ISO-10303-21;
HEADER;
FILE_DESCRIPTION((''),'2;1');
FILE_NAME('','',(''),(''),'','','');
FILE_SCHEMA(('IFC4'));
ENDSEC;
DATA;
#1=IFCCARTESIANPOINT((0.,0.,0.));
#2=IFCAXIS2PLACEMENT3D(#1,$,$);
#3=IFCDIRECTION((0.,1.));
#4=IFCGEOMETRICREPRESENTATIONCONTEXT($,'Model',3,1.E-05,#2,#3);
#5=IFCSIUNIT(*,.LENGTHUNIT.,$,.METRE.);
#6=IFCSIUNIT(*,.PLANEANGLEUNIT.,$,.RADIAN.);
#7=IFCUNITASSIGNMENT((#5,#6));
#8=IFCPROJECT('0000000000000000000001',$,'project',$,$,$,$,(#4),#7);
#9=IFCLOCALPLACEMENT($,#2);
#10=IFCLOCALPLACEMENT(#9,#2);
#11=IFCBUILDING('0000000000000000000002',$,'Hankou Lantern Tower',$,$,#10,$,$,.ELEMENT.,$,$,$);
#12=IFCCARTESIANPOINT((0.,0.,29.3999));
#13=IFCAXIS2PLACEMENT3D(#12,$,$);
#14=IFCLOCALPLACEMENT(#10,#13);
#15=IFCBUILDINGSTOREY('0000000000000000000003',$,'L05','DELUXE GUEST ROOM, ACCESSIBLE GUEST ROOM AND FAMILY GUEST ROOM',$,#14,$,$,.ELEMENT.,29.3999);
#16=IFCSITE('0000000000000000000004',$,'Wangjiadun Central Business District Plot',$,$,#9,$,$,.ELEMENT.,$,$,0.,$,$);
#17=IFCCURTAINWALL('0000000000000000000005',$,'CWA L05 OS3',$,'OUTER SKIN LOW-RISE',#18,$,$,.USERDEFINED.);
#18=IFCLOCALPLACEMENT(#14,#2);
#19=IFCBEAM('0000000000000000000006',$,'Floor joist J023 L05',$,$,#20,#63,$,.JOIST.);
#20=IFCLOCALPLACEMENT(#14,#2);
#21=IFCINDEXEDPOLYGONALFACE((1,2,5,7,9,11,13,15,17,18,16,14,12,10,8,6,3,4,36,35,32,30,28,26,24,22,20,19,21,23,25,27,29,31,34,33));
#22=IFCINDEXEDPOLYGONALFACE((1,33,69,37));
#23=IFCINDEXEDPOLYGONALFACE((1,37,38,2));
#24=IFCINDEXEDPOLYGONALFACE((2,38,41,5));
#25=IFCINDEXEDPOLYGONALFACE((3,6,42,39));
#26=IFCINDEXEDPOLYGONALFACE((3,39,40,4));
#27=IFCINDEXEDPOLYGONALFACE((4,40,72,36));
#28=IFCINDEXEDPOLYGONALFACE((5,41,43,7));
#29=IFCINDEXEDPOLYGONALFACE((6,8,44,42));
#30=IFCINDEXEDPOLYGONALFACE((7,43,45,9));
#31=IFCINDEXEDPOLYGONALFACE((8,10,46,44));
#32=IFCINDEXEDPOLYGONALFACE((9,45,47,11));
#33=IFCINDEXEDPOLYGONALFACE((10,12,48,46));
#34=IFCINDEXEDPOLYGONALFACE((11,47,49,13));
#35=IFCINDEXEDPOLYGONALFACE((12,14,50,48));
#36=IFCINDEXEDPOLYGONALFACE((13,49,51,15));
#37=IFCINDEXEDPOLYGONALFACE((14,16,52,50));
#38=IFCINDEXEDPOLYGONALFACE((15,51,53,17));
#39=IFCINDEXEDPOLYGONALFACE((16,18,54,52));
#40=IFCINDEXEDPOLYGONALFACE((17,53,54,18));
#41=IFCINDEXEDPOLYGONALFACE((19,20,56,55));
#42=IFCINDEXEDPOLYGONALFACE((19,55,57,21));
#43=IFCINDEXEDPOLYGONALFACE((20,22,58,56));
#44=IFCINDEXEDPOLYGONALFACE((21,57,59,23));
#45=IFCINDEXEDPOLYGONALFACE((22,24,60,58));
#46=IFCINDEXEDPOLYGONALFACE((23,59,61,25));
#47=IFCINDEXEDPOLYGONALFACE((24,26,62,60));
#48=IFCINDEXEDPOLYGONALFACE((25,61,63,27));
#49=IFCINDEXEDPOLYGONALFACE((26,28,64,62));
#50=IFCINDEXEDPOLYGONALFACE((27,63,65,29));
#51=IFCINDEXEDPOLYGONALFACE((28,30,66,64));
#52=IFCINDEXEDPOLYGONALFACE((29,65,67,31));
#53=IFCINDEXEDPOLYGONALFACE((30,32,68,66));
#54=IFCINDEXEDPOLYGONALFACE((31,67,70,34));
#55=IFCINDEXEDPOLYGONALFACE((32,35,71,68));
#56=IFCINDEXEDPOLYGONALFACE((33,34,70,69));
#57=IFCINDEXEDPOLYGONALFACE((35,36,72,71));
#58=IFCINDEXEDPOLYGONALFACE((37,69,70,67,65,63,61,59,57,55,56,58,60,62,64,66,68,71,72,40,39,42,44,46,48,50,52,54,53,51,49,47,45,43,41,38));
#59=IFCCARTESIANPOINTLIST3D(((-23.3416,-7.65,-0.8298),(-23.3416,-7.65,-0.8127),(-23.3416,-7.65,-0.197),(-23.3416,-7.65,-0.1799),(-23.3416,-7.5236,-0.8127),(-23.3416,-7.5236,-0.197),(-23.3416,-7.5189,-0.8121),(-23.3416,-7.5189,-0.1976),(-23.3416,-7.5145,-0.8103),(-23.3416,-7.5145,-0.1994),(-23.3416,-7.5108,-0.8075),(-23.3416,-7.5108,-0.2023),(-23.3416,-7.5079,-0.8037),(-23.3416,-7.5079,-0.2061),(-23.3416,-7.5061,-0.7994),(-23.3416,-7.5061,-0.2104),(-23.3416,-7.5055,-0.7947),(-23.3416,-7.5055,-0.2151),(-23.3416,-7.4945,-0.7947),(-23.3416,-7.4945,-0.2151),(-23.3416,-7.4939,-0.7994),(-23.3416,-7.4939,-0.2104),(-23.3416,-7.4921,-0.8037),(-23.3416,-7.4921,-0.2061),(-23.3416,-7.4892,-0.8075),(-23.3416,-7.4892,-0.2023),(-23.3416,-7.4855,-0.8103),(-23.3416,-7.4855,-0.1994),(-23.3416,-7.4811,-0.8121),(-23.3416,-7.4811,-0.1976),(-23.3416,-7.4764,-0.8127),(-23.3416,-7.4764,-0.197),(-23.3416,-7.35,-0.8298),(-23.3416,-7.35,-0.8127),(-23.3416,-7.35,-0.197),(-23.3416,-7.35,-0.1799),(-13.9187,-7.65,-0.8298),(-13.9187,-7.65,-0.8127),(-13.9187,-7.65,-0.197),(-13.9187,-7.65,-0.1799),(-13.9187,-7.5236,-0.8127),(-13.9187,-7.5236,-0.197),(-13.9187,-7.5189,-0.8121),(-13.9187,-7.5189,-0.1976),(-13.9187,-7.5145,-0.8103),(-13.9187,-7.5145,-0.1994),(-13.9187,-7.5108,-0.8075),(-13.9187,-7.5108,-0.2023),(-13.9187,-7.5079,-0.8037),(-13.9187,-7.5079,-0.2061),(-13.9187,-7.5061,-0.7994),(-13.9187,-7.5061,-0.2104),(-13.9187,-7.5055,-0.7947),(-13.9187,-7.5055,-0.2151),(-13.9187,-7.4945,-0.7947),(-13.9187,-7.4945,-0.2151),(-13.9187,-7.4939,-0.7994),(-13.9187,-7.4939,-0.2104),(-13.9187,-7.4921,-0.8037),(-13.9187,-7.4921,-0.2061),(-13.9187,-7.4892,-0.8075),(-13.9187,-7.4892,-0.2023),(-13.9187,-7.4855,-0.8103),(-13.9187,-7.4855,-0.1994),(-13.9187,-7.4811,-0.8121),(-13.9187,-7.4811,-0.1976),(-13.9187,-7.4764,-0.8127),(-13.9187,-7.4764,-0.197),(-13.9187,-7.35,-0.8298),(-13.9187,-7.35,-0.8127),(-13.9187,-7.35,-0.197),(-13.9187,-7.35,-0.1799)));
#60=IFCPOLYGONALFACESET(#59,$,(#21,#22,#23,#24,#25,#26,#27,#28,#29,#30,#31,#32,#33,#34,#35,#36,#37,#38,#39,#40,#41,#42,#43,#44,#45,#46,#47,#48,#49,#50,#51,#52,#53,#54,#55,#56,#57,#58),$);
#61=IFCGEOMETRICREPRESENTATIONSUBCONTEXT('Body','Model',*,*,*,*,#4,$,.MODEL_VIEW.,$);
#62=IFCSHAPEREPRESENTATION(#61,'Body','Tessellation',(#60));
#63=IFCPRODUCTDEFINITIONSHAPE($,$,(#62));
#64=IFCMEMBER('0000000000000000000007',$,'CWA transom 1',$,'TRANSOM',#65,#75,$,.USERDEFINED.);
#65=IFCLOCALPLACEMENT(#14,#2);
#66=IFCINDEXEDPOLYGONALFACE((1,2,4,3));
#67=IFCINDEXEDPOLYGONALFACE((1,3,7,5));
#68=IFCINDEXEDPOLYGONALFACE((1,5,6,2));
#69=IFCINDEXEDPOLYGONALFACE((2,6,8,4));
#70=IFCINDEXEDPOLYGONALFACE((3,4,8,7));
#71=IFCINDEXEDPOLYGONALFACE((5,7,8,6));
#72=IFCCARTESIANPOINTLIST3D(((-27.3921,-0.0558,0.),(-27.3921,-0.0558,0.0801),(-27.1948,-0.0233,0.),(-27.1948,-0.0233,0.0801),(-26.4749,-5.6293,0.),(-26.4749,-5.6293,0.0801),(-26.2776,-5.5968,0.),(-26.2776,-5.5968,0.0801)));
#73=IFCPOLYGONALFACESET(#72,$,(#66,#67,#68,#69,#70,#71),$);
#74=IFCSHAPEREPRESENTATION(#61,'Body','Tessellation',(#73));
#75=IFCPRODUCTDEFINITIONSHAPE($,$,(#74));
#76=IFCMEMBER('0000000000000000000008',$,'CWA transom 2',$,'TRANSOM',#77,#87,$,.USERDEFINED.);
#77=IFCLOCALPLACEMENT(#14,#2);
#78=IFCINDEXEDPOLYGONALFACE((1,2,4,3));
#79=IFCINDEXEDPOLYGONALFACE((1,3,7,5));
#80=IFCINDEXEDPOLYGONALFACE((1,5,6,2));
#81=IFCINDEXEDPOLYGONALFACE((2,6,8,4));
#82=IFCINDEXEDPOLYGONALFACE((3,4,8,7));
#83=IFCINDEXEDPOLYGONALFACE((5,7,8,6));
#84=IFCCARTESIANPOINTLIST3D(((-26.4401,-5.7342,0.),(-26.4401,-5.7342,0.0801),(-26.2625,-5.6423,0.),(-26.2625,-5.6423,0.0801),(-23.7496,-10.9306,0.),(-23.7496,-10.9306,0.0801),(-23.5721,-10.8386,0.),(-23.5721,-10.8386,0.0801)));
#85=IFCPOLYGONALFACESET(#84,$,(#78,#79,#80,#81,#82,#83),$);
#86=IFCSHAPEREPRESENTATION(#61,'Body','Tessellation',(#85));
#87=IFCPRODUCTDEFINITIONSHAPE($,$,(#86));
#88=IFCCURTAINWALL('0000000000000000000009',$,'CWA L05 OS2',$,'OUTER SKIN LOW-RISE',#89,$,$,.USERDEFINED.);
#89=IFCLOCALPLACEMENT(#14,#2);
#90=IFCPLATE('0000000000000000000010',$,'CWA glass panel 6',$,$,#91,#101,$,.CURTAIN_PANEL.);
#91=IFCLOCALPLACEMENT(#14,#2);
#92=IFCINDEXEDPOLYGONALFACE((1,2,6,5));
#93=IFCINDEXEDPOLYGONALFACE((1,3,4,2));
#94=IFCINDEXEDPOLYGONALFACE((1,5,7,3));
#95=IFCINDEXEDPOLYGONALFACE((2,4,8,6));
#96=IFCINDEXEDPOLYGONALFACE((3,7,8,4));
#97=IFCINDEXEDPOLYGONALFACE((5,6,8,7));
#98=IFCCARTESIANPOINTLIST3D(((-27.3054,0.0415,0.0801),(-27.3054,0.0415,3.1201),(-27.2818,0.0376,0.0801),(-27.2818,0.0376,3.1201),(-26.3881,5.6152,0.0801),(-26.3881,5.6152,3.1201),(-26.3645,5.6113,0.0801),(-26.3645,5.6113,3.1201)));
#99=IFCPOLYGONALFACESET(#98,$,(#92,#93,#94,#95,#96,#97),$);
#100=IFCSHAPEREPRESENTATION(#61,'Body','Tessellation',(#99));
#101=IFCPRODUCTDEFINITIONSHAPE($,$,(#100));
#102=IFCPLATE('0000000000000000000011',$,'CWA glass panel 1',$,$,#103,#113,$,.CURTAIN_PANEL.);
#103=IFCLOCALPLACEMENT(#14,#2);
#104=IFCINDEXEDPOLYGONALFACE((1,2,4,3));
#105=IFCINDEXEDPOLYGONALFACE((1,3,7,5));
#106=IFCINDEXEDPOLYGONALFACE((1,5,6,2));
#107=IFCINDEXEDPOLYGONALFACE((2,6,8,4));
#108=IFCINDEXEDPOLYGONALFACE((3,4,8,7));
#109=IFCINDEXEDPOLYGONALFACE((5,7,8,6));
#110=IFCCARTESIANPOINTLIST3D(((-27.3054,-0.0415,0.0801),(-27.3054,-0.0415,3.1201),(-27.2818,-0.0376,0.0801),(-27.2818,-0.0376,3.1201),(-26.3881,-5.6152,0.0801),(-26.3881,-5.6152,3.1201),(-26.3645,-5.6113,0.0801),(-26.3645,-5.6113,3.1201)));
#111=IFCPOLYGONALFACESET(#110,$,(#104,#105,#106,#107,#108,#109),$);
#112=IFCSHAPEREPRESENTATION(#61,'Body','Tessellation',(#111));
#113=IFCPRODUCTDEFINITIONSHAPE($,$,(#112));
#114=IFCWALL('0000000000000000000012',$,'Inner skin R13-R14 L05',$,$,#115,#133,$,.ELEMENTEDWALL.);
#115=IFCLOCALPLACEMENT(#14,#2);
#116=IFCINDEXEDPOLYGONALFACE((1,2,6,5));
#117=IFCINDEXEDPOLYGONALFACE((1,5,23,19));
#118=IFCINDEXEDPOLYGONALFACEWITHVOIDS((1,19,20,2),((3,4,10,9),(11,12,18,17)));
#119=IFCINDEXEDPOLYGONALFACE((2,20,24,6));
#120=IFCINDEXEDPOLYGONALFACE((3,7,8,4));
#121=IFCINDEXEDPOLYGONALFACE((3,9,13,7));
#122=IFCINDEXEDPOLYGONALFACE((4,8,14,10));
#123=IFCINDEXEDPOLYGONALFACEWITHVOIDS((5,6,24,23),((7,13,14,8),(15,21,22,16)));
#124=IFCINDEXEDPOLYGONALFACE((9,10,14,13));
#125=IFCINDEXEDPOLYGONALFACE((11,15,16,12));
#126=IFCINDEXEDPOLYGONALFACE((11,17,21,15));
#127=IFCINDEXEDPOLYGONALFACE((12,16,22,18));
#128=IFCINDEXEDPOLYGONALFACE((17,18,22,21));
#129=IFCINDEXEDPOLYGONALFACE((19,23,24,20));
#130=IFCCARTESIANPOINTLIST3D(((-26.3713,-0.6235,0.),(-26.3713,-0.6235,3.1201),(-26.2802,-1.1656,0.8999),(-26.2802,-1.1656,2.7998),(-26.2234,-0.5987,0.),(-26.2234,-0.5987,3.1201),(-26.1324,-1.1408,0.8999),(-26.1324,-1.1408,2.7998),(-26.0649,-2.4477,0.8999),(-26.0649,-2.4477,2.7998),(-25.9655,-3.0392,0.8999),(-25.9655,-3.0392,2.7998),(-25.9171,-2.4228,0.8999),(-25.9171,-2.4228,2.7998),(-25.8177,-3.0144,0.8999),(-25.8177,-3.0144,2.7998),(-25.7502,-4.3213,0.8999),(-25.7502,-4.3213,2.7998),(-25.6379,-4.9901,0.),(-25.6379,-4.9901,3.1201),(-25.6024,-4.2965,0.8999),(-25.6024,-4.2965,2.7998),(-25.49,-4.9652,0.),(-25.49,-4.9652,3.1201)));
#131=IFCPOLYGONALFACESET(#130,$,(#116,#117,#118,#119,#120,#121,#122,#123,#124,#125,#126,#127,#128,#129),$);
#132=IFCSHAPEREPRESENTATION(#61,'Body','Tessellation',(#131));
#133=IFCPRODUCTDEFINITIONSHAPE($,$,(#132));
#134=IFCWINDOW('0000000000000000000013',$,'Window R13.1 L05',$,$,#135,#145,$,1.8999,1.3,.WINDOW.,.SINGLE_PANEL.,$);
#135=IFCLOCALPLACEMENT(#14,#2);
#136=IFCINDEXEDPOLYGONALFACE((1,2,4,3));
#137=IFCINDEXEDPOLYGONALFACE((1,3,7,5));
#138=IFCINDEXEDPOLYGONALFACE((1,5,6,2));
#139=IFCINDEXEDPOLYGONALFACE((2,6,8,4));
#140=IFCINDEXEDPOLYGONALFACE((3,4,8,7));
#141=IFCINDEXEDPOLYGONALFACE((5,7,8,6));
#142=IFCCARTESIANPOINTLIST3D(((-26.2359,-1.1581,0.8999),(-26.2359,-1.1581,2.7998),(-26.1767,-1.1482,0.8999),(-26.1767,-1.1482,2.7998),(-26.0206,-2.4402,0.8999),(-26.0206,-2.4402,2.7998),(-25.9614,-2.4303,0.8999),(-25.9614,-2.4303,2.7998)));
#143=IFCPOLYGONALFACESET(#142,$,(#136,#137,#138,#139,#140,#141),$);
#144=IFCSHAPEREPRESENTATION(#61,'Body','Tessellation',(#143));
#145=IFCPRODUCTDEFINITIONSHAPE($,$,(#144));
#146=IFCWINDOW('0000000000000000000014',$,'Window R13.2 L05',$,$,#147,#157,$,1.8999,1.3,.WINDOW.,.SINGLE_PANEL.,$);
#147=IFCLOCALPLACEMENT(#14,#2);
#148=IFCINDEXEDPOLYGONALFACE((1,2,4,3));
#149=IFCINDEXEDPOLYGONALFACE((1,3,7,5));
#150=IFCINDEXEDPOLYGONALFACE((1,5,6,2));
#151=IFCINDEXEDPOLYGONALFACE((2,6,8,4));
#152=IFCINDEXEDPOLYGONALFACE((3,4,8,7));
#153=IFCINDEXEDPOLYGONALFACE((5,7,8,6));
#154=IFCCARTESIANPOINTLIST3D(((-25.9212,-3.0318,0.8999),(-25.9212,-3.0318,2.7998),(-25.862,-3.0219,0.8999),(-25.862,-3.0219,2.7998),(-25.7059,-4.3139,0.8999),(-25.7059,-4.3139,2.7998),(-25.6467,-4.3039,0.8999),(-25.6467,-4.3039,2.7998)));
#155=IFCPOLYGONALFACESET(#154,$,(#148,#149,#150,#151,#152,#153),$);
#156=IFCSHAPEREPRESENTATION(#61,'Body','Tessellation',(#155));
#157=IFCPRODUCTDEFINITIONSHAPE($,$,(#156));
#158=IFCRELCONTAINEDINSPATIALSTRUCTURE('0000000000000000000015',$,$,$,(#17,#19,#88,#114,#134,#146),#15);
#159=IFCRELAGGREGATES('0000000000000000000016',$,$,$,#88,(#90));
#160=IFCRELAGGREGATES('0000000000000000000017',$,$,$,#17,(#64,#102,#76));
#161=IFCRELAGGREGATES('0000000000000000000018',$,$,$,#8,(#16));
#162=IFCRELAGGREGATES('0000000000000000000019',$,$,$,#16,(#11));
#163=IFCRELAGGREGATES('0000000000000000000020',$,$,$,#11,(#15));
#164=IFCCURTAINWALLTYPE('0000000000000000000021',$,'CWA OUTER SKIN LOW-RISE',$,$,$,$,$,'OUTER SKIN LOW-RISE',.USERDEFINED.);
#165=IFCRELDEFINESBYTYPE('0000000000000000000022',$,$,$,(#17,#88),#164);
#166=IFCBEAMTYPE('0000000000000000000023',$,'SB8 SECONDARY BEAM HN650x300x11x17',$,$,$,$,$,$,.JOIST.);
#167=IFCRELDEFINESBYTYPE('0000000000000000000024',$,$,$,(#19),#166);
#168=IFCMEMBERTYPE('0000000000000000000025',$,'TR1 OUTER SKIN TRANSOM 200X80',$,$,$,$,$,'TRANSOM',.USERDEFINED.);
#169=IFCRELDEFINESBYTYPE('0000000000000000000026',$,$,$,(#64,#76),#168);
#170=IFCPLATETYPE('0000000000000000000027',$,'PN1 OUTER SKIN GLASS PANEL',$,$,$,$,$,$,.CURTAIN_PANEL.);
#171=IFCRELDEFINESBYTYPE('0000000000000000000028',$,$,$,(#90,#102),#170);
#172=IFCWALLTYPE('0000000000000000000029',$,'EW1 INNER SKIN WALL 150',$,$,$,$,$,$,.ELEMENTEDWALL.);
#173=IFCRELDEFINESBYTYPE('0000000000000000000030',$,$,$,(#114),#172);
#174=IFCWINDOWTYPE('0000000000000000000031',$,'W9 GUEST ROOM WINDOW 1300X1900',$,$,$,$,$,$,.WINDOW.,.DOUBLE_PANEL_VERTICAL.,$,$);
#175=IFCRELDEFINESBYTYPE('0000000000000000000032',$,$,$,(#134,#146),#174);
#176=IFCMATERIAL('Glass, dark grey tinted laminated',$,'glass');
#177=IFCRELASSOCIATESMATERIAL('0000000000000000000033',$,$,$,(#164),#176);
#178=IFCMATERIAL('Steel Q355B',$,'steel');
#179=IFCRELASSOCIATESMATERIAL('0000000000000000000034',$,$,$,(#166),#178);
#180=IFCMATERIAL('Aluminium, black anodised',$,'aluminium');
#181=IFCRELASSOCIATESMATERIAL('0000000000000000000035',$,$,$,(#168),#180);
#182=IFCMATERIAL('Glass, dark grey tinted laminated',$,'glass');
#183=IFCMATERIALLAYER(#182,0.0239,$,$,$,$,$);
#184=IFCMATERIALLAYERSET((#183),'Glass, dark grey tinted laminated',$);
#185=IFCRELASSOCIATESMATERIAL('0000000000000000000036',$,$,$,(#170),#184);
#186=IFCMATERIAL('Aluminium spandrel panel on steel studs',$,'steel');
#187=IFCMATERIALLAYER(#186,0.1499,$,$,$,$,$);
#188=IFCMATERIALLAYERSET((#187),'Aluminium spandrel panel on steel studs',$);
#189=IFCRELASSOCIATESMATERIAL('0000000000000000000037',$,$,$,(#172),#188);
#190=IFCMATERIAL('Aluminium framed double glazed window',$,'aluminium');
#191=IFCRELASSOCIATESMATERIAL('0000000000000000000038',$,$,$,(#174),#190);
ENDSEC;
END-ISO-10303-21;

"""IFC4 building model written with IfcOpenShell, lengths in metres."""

from ifc_helpers import new_model, si_unit, direction, frame, frame_2d, origin, origin_2d, place, context, subcontext, project, spatial, rectangle, i_section, extrude, material, layer, layer_set, material_profile, profile_set, type_object, element, fill, aggregate, save


model = new_model("IFC4")

# Units and contexts
model_context = context("Model", 3, precision=1e-05, world=origin(), true_north=direction((0.0, 1.0)))
body_context = subcontext(model_context, "Body", "Model", "MODEL_VIEW")
ifc_project = project(units=[si_unit("LENGTHUNIT", "METRE"), si_unit("PLANEANGLEUNIT", "RADIAN")], contexts=[model_context])

# Site, building, storey
site_placement = place(None, origin())
site = spatial("IfcSite", under=ifc_project, at=site_placement, Name="Wangjiadun Central Business District Plot", CompositionType="ELEMENT", RefElevation=0.0)
building_placement = place(site_placement, origin())
building = spatial("IfcBuilding", under=site, at=building_placement, Name="Hankou Lantern Tower", CompositionType="ELEMENT")
storey_placement = place(building_placement, frame((0.0, 0.0, 29.3999)))
storey = spatial("IfcBuildingStorey", under=building, at=storey_placement, Name="L05", Description="DELUXE GUEST ROOM, ACCESSIBLE GUEST ROOM AND FAMILY GUEST ROOM", CompositionType="ELEMENT", Elevation=29.3999)

# Curtain wall
ifc_material_1 = material(Name="Glass, dark grey tinted laminated", Category="glass")
curtain_wall_type = type_object("IfcCurtainWallType", Name="CWA OUTER SKIN LOW-RISE", ElementType="OUTER SKIN LOW-RISE", PredefinedType="USERDEFINED", material=ifc_material_1)
curtain_wall_1_placement = place(storey_placement, origin())
curtain_wall_1 = element("IfcCurtainWall", 1, at=curtain_wall_1_placement, inside=storey, type_object=curtain_wall_type, Name="CWA L05 OS3", ObjectType="OUTER SKIN LOW-RISE", PredefinedType="USERDEFINED")

# Beam
ifc_material_2 = material(Name="Steel Q355B", Category="steel")
ifc_material_profile_1 = material_profile(ifc_material_2, i_section(OverallWidth=0.3, OverallDepth=0.6499, WebThickness=0.011, FlangeThickness=0.0171, FilletRadius=0.0181, at=origin_2d()), Name="HN650x300x11x17")
ifc_profile_set_1 = profile_set([ifc_material_profile_1], Name="Steel Q355B")
beam_type_1 = type_object("IfcBeamType", Name="SB8 SECONDARY BEAM HN650x300x11x17", PredefinedType="JOIST", material=ifc_profile_set_1)
beam_1_placement = place(storey_placement, frame((-23.3416, -7.5, -0.5049), z_axis=(1.0, 0.0, 0.0), x_axis=(0.0, 1.0, 0.0)))
element("IfcBeam", 2, at=beam_1_placement, inside=storey, type_object=beam_type_1, Name="Floor joist J023 L05", PredefinedType="JOIST", context=body_context, shape_type="SweptSolid", body=[
    extrude(i_section(OverallWidth=0.3, OverallDepth=0.6499, WebThickness=0.011, FlangeThickness=0.0171, FilletRadius=0.0181, at=origin_2d()), origin(), (0.0, 0.0, 1.0), 9.4229),
])

# Members
ifc_material_3 = material(Name="Aluminium, black anodised", Category="aluminium")
ifc_material_profile_2 = material_profile(ifc_material_3, rectangle(XDim=0.2, YDim=0.0801, at=origin_2d()), Name="TR1 200X80")
ifc_profile_set_2 = profile_set([ifc_material_profile_2], Name="Aluminium, black anodised")
member_type_1 = type_object("IfcMemberType", Name="TR1 OUTER SKIN TRANSOM 200X80", ElementType="TRANSOM", PredefinedType="USERDEFINED", material=ifc_profile_set_2)
member_1_placement = place(storey_placement, frame((-27.2935, -0.0396, 0.04), z_axis=(0.162387, -0.986727, 0.0), x_axis=(0.986727, 0.162387, 0.0)))
member_1 = element("IfcMember", 3, at=member_1_placement, type_object=member_type_1, Name="CWA transom 1", ObjectType="TRANSOM", PredefinedType="USERDEFINED", context=body_context, shape_type="SweptSolid", body=[
    extrude(rectangle(XDim=0.2, YDim=0.0801, at=origin_2d()), origin(), (0.0, 0.0, 1.0), 5.6484),
])
member_2_placement = place(storey_placement, frame((-26.3513, -5.6882, 0.04), z_axis=(0.459786, -0.88803, 0.0), x_axis=(0.88803, 0.459786, 0.0)))
member_2 = element("IfcMember", 4, at=member_2_placement, type_object=member_type_1, Name="CWA transom 2", ObjectType="TRANSOM", PredefinedType="USERDEFINED", context=body_context, shape_type="SweptSolid", body=[
    extrude(rectangle(XDim=0.2, YDim=0.0801, at=origin_2d()), origin(), (0.0, 0.0, 1.0), 5.8516),
])

# Curtain wall, plate
curtain_wall_2_placement = place(storey_placement, origin())
curtain_wall_2 = element("IfcCurtainWall", 5, at=curtain_wall_2_placement, inside=storey, type_object=curtain_wall_type, Name="CWA L05 OS2", ObjectType="OUTER SKIN LOW-RISE", PredefinedType="USERDEFINED")
ifc_material_4 = material(Name="Glass, dark grey tinted laminated", Category="glass")
ifc_layer_1 = layer(ifc_material_4, 0.0239)
ifc_layer_set_1 = layer_set([ifc_layer_1], Name="Glass, dark grey tinted laminated")
plate_type = type_object("IfcPlateType", Name="PN1 OUTER SKIN GLASS PANEL", PredefinedType="CURTAIN_PANEL", material=ifc_layer_set_1)
plate_1_placement = place(storey_placement, frame((-26.835, 2.8264, 0.0801), z_axis=(0.0, 0.0, 1.0), x_axis=(-0.162382, -0.986728, 0.0)))
plate_1 = element("IfcPlate", 6, at=plate_1_placement, type_object=plate_type, Name="CWA glass panel 6", PredefinedType="CURTAIN_PANEL", context=body_context, shape_type="SweptSolid", body=[
    extrude(rectangle(XDim=5.6487, YDim=0.0239, at=origin_2d()), origin(), (0.0, 0.0, 1.0), 3.04),
])
aggregate(curtain_wall_2, [plate_1])

# Plate
plate_2_placement = place(storey_placement, frame((-26.835, -2.8264, 0.0801), z_axis=(0.0, 0.0, 1.0), x_axis=(0.162382, -0.986728, 0.0)))
plate_2 = element("IfcPlate", 7, at=plate_2_placement, type_object=plate_type, Name="CWA glass panel 1", PredefinedType="CURTAIN_PANEL", context=body_context, shape_type="SweptSolid", body=[
    extrude(rectangle(XDim=5.6487, YDim=0.0239, at=origin_2d()), origin(), (0.0, 0.0, 1.0), 3.04),
])
aggregate(curtain_wall_1, [member_1, plate_2, member_2])

# Wall, openings, windows
ifc_material_5 = material(Name="Aluminium spandrel panel on steel studs", Category="steel")
ifc_layer_2 = layer(ifc_material_5, 0.1499)
ifc_layer_set_2 = layer_set([ifc_layer_2], Name="Aluminium spandrel panel on steel studs")
wall_type_1 = type_object("IfcWallType", Name="EW1 INNER SKIN WALL 150", PredefinedType="ELEMENTEDWALL", material=ifc_layer_set_2)
wall_1_placement = place(storey_placement, frame((-26.2974, -0.6111, 0.0), z_axis=(0.0, 0.0, 1.0), x_axis=(0.165642, -0.986186, 0.0)))
wall_1 = element("IfcWall", 8, at=wall_1_placement, inside=storey, type_object=wall_type_1, Name="Inner skin R13-R14 L05", PredefinedType="ELEMENTEDWALL", context=body_context, shape_type="SweptSolid", body=[
    extrude(rectangle(XDim=4.4277, YDim=0.1499, at=frame_2d((2.2139, 0.0))), origin(), (0.0, 0.0, 1.0), 3.1201),
])
opening_1_placement = place(wall_1_placement, frame((0.5498, 0.0, 0.8999)))
opening_1 = element("IfcOpeningElement", 9, at=opening_1_placement, cuts=wall_1, PredefinedType="OPENING", context=body_context, shape_type="SweptSolid", body=[
    extrude(rectangle(XDim=1.3, YDim=1.8999, at=frame_2d((0.6499, 0.95))), frame((0.0, 0.085, 0.0), z_axis=(0.0, -1.0, 0.0), x_axis=(1.0, 0.0, 0.0)), (0.0, 0.0, 1.0), 0.1699),
])
opening_2_placement = place(wall_1_placement, frame((2.4497, 0.0, 0.8999)))
opening_2 = element("IfcOpeningElement", 10, at=opening_2_placement, cuts=wall_1, PredefinedType="OPENING", context=body_context, shape_type="SweptSolid", body=[
    extrude(rectangle(XDim=1.3, YDim=1.8999, at=frame_2d((0.6499, 0.95))), frame((0.0, 0.085, 0.0), z_axis=(0.0, -1.0, 0.0), x_axis=(1.0, 0.0, 0.0)), (0.0, 0.0, 1.0), 0.1699),
])
ifc_material_6 = material(Name="Aluminium framed double glazed window", Category="aluminium")
window_type = type_object("IfcWindowType", Name="W9 GUEST ROOM WINDOW 1300X1900", PartitioningType="DOUBLE_PANEL_VERTICAL", PredefinedType="WINDOW", material=ifc_material_6)
window_1_placement = place(opening_1_placement, origin())
window_1 = element("IfcWindow", 11, at=window_1_placement, inside=storey, type_object=window_type, Name="Window R13.1 L05", OverallHeight=1.8999, OverallWidth=1.3, PartitioningType="SINGLE_PANEL", PredefinedType="WINDOW", context=body_context, shape_type="SweptSolid", body=[
    extrude(rectangle(XDim=1.3, YDim=1.8999, at=frame_2d((0.6499, 0.95))), frame((0.0, 0.03, 0.0), z_axis=(0.0, -1.0, 0.0), x_axis=(1.0, 0.0, 0.0)), (0.0, 0.0, 1.0), 0.0601),
])
fill(opening_1, window_1)
window_2_placement = place(opening_2_placement, origin())
window_2 = element("IfcWindow", 12, at=window_2_placement, inside=storey, type_object=window_type, Name="Window R13.2 L05", OverallHeight=1.8999, OverallWidth=1.3, PartitioningType="SINGLE_PANEL", PredefinedType="WINDOW", context=body_context, shape_type="SweptSolid", body=[
    extrude(rectangle(XDim=1.3, YDim=1.8999, at=frame_2d((0.6499, 0.95))), frame((0.0, 0.03, 0.0), z_axis=(0.0, -1.0, 0.0), x_axis=(1.0, 0.0, 0.0)), (0.0, 0.0, 1.0), 0.0601),
])
fill(opening_2, window_2)

save(model, "model.ifc")
